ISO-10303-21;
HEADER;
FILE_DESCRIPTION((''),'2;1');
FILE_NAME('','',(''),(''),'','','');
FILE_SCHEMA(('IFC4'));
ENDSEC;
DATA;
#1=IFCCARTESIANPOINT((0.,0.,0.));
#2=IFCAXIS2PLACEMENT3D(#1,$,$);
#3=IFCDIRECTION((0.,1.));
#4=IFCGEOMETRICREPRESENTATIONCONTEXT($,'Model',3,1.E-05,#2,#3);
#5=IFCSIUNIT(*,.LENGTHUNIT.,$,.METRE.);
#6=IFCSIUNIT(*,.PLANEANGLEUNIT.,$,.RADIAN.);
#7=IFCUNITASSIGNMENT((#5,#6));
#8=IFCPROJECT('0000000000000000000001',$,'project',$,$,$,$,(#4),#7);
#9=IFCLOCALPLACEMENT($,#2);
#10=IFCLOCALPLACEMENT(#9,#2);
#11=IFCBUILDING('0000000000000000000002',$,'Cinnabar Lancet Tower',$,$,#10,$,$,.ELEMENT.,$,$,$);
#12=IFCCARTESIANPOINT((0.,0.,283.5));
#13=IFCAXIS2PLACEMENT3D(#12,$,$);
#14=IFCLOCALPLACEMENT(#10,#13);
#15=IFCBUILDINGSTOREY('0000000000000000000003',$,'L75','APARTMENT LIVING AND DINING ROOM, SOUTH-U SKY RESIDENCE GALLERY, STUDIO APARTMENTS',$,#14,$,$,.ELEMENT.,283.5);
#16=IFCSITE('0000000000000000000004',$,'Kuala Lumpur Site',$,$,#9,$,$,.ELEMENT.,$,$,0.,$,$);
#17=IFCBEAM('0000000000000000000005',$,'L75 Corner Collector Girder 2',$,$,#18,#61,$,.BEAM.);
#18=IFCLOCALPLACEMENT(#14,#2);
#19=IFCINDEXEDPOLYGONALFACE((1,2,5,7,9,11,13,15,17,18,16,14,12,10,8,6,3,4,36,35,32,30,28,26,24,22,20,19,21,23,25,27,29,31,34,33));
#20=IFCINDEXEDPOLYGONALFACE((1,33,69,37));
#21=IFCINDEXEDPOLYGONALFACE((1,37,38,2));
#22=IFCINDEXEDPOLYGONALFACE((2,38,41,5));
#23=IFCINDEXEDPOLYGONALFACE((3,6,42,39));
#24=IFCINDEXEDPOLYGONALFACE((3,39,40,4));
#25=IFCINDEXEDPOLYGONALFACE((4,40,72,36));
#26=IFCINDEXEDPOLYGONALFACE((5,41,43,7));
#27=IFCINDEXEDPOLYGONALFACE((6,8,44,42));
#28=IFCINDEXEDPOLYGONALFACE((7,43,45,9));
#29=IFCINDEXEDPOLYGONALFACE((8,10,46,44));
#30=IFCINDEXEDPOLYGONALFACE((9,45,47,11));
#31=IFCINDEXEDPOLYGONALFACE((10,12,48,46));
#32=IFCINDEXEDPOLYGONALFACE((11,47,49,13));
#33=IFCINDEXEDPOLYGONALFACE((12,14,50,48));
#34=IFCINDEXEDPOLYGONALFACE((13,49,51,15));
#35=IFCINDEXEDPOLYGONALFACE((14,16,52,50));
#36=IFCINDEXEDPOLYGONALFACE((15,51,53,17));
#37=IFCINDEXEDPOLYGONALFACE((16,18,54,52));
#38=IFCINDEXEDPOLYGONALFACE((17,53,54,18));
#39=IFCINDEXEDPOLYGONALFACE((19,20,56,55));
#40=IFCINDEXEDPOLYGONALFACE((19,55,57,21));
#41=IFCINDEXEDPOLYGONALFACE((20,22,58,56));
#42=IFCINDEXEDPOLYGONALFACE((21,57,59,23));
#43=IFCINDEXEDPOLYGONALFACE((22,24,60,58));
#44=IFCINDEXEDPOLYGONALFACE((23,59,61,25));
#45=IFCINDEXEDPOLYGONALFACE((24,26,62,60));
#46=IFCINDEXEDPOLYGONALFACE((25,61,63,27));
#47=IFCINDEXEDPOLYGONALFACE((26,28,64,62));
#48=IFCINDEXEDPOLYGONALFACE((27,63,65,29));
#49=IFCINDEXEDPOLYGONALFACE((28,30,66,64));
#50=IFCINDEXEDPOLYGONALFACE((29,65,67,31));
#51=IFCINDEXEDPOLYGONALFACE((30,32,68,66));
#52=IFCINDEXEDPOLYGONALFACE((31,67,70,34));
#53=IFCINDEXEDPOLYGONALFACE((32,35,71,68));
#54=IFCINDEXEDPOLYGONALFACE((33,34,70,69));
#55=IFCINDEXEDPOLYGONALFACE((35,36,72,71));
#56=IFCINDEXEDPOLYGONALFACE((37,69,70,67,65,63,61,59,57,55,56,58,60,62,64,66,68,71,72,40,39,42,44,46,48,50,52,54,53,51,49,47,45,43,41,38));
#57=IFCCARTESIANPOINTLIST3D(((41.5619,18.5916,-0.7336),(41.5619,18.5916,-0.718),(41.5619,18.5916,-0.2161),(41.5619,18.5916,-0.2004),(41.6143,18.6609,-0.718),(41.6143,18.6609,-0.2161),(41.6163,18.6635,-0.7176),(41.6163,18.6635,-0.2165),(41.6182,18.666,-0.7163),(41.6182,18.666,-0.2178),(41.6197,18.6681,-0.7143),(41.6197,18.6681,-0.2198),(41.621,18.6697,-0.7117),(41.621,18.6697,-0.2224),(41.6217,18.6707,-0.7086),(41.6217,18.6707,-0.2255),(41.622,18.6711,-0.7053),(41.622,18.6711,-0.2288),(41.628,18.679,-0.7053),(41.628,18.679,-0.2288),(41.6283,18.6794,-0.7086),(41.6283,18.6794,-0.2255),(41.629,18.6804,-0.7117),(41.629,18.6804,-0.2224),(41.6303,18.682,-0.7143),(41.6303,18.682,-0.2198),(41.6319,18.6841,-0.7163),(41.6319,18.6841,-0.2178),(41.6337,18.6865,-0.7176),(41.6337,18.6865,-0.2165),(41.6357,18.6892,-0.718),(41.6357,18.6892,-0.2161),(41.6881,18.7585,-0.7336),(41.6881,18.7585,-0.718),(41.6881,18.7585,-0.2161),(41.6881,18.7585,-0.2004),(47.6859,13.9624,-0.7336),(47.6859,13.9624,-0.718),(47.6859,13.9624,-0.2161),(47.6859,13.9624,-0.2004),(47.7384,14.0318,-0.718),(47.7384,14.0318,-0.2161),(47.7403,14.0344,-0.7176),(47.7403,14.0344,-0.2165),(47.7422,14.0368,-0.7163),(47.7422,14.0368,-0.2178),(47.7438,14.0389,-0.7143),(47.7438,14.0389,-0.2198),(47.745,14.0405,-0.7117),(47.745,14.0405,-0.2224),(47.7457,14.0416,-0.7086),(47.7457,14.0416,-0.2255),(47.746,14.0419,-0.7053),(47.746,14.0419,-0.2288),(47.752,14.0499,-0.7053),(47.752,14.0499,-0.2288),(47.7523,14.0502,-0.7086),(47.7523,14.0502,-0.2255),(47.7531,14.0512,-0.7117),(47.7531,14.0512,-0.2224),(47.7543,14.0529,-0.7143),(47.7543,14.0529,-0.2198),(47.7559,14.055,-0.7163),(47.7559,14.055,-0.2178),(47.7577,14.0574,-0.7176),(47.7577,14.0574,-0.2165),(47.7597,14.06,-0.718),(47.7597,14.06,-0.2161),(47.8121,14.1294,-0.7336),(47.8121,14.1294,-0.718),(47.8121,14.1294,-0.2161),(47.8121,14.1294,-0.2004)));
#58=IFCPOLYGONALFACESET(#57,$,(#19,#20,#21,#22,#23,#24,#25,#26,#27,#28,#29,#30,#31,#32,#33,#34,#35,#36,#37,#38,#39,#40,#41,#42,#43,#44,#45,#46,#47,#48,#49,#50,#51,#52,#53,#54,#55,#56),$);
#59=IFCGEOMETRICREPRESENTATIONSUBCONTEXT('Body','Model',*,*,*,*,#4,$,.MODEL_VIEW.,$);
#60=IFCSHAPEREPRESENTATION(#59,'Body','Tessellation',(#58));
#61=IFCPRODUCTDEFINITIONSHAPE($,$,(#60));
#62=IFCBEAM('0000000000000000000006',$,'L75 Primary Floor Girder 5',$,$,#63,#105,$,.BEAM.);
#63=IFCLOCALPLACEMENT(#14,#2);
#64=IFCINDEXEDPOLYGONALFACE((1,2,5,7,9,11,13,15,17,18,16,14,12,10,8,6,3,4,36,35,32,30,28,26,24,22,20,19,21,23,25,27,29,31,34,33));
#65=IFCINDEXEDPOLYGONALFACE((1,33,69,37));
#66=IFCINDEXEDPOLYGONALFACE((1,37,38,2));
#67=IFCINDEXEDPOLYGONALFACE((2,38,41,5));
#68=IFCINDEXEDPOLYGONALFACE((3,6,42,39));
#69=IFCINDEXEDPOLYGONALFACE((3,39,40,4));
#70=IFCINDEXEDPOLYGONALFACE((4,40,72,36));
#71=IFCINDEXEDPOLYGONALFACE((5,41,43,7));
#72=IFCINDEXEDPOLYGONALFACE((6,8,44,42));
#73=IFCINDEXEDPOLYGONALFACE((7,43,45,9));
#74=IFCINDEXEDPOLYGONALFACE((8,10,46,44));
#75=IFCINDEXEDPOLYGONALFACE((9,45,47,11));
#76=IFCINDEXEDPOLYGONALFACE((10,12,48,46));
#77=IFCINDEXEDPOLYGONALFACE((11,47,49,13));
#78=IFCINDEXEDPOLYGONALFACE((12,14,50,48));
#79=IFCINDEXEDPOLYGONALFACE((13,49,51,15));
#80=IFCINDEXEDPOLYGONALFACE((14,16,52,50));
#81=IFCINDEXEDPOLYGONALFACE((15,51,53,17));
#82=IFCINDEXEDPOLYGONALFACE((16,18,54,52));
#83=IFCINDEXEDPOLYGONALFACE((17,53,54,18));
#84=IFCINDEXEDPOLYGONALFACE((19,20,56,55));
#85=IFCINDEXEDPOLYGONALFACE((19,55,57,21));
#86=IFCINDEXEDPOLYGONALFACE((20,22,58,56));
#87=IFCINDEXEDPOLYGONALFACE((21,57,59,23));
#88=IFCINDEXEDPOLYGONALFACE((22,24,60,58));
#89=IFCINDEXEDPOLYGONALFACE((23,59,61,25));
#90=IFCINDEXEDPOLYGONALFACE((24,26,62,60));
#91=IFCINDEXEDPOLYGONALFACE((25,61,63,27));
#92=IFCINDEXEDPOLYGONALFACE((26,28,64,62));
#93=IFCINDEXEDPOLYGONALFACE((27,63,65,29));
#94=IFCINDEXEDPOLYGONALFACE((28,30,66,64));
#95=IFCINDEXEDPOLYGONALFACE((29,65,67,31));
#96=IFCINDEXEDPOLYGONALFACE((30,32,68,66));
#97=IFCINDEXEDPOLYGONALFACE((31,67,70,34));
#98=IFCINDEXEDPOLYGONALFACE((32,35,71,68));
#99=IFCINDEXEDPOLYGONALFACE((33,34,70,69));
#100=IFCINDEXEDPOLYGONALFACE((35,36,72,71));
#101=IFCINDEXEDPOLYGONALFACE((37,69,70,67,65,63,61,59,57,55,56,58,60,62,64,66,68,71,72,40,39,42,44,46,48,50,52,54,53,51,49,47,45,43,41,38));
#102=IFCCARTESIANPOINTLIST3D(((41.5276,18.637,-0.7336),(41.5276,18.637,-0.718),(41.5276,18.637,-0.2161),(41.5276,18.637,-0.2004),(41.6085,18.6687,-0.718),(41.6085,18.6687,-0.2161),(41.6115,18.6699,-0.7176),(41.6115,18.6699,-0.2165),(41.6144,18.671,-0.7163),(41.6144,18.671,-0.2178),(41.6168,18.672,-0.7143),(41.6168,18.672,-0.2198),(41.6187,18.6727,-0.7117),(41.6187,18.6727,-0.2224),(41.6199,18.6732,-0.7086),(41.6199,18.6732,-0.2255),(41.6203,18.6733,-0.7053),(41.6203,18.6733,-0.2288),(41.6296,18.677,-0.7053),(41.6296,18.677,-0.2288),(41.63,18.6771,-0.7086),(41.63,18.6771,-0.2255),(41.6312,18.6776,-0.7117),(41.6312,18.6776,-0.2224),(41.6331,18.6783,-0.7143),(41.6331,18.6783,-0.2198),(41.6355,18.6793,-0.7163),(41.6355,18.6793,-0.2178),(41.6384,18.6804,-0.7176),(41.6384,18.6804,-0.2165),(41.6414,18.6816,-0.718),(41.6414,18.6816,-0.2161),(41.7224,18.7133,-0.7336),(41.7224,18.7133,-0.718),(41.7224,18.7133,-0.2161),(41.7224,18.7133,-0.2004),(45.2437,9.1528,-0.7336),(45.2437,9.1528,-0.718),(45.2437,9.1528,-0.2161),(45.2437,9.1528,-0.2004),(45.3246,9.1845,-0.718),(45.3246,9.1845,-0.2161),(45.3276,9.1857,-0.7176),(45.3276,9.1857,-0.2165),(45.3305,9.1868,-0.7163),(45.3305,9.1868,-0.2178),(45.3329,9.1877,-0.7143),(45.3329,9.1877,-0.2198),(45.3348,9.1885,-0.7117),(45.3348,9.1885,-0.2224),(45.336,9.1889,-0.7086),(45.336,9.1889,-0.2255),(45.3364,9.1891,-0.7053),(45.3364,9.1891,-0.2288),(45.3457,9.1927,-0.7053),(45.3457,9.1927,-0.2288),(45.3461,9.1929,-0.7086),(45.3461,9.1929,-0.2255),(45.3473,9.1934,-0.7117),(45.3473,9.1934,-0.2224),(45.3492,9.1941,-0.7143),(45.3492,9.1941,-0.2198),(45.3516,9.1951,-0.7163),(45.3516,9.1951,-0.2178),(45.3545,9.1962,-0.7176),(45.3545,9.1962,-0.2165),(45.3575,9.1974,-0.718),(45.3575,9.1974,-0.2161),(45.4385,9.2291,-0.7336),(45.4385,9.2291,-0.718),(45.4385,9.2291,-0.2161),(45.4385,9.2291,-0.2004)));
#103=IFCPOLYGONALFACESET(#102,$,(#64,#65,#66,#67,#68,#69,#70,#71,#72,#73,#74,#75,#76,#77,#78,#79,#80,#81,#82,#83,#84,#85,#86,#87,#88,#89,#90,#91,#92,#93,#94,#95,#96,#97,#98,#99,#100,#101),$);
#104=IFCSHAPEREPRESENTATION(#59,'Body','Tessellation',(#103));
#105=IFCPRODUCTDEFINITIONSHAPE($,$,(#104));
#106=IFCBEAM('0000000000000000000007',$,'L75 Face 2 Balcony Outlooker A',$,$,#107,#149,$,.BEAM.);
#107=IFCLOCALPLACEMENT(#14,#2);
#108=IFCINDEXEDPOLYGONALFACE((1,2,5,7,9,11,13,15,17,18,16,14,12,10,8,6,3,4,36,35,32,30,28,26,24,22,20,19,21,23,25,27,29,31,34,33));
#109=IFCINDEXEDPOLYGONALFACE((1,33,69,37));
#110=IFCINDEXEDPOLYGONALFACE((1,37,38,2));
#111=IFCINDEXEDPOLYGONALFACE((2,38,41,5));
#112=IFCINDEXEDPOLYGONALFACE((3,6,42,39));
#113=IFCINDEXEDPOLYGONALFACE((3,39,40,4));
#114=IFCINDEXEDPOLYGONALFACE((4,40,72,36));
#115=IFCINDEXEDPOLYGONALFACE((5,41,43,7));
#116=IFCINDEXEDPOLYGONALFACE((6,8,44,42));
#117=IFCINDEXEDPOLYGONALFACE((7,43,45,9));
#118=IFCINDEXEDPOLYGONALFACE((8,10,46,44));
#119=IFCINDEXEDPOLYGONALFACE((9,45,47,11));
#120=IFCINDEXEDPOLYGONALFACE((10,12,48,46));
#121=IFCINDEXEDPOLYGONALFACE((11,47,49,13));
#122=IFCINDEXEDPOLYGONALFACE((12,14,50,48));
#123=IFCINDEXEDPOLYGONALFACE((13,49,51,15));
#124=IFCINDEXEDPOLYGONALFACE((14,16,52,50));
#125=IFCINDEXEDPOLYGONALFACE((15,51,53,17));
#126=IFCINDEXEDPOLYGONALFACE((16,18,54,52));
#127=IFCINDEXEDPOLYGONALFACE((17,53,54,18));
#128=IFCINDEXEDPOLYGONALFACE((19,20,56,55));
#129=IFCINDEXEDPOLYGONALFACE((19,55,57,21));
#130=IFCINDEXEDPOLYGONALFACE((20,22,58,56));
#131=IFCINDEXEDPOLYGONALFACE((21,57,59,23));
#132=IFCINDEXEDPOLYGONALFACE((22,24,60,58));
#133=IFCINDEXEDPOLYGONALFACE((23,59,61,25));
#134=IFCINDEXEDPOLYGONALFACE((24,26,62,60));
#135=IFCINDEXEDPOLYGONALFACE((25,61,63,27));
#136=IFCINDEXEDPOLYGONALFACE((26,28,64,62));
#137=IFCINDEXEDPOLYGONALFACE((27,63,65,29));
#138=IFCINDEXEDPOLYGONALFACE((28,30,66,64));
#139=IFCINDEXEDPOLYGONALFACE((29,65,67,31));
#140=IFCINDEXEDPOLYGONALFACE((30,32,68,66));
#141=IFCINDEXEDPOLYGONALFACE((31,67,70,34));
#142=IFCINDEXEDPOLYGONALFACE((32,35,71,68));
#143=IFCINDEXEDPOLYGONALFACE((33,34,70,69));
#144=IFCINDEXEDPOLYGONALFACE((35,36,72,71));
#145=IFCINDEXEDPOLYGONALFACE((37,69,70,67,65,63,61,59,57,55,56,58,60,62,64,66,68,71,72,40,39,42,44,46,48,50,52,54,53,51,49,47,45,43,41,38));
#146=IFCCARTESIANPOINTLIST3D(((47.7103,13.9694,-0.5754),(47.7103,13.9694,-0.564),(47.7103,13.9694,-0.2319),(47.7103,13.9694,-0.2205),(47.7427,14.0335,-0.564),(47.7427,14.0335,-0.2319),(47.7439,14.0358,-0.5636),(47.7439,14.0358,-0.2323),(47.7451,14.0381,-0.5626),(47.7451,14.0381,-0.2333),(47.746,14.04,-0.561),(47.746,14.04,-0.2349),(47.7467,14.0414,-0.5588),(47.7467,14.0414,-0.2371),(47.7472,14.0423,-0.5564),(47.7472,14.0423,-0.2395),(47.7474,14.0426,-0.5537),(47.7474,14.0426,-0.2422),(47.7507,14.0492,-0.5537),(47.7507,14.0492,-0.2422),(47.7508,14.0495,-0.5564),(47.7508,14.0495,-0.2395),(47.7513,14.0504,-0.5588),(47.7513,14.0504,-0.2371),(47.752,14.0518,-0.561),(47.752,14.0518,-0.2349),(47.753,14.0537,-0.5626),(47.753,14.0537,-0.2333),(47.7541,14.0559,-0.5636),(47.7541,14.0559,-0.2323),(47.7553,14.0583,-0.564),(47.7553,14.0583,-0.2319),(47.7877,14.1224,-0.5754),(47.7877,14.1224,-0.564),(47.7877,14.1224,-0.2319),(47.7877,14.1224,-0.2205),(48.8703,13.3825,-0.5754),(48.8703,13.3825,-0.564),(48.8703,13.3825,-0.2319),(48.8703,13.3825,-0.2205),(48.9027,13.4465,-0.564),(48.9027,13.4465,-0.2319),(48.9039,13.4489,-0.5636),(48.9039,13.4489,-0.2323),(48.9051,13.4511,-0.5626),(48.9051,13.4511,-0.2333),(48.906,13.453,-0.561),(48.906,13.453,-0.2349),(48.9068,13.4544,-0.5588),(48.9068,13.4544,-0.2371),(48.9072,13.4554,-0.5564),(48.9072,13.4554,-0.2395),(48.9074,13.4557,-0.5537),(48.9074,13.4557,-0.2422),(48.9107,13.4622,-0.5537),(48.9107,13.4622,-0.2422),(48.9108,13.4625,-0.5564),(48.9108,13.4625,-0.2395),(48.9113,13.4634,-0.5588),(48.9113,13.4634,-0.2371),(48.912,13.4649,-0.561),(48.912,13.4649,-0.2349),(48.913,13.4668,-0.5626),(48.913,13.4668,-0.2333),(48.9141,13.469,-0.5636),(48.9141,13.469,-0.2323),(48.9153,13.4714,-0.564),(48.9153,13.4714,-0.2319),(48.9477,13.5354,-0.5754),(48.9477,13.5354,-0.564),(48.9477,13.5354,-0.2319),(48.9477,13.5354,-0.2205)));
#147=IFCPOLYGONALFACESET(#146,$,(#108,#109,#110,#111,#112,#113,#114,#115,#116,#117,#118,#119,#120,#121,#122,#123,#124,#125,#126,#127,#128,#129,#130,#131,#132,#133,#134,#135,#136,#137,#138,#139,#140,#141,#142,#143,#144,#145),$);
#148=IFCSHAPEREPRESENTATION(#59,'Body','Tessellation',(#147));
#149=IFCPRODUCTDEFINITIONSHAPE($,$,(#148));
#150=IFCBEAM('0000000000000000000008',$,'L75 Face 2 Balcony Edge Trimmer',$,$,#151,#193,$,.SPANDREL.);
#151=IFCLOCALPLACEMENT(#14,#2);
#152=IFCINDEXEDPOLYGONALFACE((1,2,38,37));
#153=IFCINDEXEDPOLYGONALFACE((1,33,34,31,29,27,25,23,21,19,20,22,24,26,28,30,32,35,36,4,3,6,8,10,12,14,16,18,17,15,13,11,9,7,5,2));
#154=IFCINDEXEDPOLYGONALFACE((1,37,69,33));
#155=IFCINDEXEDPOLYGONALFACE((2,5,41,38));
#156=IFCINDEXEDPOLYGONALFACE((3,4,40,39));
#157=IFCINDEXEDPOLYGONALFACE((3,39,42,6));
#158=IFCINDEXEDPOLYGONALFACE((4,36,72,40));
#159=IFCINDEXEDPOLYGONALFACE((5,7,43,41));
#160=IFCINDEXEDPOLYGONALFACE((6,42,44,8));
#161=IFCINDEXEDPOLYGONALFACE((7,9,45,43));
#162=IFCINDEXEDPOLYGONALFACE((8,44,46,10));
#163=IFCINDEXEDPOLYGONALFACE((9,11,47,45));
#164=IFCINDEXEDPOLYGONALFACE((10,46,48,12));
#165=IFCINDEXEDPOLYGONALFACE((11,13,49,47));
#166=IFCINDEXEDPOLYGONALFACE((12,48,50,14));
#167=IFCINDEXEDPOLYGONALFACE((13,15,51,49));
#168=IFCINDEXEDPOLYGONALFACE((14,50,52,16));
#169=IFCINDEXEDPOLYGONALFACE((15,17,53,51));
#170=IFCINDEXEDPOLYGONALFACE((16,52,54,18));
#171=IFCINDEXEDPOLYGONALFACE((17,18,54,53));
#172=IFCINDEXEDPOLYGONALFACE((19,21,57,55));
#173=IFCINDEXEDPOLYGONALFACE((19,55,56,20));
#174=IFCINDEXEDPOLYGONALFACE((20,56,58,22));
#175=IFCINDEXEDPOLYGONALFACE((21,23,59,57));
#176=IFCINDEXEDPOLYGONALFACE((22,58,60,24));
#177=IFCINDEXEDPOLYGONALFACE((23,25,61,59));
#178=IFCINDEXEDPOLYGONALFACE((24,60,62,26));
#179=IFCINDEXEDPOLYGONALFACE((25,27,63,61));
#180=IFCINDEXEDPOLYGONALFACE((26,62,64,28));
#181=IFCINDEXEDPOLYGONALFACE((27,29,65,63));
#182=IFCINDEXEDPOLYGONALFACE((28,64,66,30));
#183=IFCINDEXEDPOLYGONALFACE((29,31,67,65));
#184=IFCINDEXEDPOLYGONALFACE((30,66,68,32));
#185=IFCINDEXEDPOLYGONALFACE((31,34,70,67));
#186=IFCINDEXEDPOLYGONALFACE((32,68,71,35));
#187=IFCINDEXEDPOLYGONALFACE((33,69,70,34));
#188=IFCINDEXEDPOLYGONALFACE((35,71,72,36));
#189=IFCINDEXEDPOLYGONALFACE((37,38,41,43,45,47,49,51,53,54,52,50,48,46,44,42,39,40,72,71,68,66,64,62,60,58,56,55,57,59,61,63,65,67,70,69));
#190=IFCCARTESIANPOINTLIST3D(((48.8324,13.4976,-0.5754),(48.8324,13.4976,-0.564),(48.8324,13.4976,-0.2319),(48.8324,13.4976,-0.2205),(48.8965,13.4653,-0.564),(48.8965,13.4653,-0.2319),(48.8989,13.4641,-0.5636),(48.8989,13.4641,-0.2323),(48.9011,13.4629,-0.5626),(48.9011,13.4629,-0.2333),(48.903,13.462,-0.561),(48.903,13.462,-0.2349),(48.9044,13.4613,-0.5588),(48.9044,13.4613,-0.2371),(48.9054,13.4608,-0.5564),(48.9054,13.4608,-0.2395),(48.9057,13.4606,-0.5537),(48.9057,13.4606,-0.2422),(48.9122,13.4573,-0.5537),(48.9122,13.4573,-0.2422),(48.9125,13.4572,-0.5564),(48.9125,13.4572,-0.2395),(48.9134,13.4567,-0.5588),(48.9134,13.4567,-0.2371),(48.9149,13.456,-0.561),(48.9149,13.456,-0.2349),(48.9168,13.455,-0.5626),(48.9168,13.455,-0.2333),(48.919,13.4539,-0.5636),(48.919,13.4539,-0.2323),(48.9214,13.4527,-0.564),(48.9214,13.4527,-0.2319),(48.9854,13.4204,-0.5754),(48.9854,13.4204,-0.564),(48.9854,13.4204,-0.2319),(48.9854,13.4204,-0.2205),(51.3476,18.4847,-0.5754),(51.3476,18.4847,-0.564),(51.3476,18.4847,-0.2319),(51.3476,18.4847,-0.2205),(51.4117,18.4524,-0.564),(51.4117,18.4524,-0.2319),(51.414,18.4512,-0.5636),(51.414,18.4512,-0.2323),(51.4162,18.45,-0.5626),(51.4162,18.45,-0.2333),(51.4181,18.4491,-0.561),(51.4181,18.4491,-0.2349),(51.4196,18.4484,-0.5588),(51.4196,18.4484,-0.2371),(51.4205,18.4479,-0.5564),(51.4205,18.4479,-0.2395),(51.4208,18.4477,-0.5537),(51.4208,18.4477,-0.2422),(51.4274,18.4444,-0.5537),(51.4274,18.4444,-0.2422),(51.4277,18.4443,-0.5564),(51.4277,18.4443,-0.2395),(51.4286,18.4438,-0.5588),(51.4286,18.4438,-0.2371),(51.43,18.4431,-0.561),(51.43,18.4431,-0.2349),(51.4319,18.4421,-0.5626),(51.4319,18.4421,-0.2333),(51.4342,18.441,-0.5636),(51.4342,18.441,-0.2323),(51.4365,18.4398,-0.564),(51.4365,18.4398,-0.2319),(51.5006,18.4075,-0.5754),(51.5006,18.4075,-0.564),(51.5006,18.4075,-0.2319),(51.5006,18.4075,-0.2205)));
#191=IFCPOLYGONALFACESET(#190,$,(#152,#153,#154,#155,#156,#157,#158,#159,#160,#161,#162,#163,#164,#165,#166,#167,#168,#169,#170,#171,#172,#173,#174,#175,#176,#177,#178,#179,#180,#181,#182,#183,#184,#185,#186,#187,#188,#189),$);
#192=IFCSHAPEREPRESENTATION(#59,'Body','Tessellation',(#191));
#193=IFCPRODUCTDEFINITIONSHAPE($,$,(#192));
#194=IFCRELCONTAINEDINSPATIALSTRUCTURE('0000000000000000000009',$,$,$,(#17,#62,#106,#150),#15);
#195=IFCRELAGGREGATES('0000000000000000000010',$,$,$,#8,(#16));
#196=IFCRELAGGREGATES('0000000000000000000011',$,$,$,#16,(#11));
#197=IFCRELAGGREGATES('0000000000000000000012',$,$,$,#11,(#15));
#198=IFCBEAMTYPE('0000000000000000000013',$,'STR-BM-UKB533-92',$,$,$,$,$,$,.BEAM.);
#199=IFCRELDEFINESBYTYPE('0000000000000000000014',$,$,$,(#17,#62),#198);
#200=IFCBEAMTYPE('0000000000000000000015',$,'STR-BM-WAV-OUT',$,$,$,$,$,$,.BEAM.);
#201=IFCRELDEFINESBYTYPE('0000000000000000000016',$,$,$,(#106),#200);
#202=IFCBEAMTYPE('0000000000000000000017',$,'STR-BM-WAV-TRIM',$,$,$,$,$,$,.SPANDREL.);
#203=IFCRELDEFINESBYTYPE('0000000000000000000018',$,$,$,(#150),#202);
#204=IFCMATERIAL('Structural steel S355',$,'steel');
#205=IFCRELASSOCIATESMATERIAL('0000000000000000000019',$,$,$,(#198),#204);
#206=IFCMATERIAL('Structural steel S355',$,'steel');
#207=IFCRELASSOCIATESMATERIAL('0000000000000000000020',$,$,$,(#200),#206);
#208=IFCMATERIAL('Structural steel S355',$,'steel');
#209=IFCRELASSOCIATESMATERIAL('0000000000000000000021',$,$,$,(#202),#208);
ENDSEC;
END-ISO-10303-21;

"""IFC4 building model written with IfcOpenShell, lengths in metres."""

from ifc_helpers import new_model, si_unit, direction, frame, origin, origin_2d, place, context, subcontext, project, spatial, i_section, extrude, material, material_profile, profile_set, type_object, element, save


model = new_model("IFC4")

# Units and contexts
model_context = context("Model", 3, precision=1e-05, world=origin(), true_north=direction((0.0, 1.0)))
body_context = subcontext(model_context, "Body", "Model", "MODEL_VIEW")
ifc_project = project(units=[si_unit("LENGTHUNIT", "METRE"), si_unit("PLANEANGLEUNIT", "RADIAN")], contexts=[model_context])

# Site, building, storey
site_placement = place(None, origin())
site = spatial("IfcSite", under=ifc_project, at=site_placement, Name="Kuala Lumpur Site", CompositionType="ELEMENT", RefElevation=0.0)
building_placement = place(site_placement, origin())
building = spatial("IfcBuilding", under=site, at=building_placement, Name="Cinnabar Lancet Tower", CompositionType="ELEMENT")
storey_placement = place(building_placement, frame((0.0, 0.0, 283.5)))
storey = spatial("IfcBuildingStorey", under=building, at=storey_placement, Name="L75", Description="APARTMENT LIVING AND DINING ROOM, SOUTH-U SKY RESIDENCE GALLERY, STUDIO APARTMENTS", CompositionType="ELEMENT", Elevation=283.5)

# Beams
ifc_material_1 = material(Name="Structural steel S355", Category="steel")
ifc_material_profile_1 = material_profile(ifc_material_1, i_section(OverallWidth=0.2092, OverallDepth=0.5332, WebThickness=0.01, FlangeThickness=0.0156, FilletRadius=0.0127, at=origin_2d()), Name="UKB 533x210x92")
ifc_profile_set_1 = profile_set([ifc_material_profile_1], Name="Structural steel S355")
beam_type_1 = type_object("IfcBeamType", Name="STR-BM-UKB533-92", PredefinedType="BEAM", material=ifc_profile_set_1)
beam_1_placement = place(storey_placement, frame((47.749, 14.0459, -0.467), z_axis=(-0.797735, 0.603008, 0.0), x_axis=(-0.603008, -0.797735, 0.0)))
element("IfcBeam", 1, at=beam_1_placement, inside=storey, type_object=beam_type_1, Name="L75 Corner Collector Girder 2", PredefinedType="BEAM", context=body_context, shape_type="SweptSolid", body=[
    extrude(i_section(OverallWidth=0.2092, OverallDepth=0.5332, WebThickness=0.01, FlangeThickness=0.0156, FilletRadius=0.0127, at=origin_2d()), origin(), (0.0, 0.0, 1.0), 7.6768),
])
beam_2_placement = place(storey_placement, frame((45.3411, 9.1909, -0.467), z_axis=(-0.364815, 0.93108, 0.0), x_axis=(-0.93108, -0.364815, 0.0)))
element("IfcBeam", 2, at=beam_2_placement, inside=storey, type_object=beam_type_1, Name="L75 Primary Floor Girder 5", PredefinedType="BEAM", context=body_context, shape_type="SweptSolid", body=[
    extrude(i_section(OverallWidth=0.2092, OverallDepth=0.5332, WebThickness=0.01, FlangeThickness=0.0156, FilletRadius=0.0127, at=origin_2d()), origin(), (0.0, 0.0, 1.0), 10.1863),
])
ifc_material_2 = material(Name="Structural steel S355", Category="steel")
ifc_material_profile_2 = material_profile(ifc_material_2, i_section(OverallWidth=0.1714, OverallDepth=0.355, WebThickness=0.0073, FlangeThickness=0.0115, FilletRadius=0.0103, at=origin_2d()), Name="UKB 356x171x51")
ifc_profile_set_2 = profile_set([ifc_material_profile_2], Name="Structural steel S355")
beam_type_2 = type_object("IfcBeamType", Name="STR-BM-WAV-OUT", PredefinedType="BEAM", material=ifc_profile_set_2)
beam_3_placement = place(storey_placement, frame((47.749, 14.0459, -0.3979), z_axis=(0.892276, -0.45149, 0.0), x_axis=(0.45149, 0.892276, 0.0)))
element("IfcBeam", 3, at=beam_3_placement, inside=storey, type_object=beam_type_2, Name="L75 Face 2 Balcony Outlooker A", PredefinedType="BEAM", context=body_context, shape_type="SweptSolid", body=[
    extrude(i_section(OverallWidth=0.1714, OverallDepth=0.355, WebThickness=0.0073, FlangeThickness=0.0115, FilletRadius=0.0103, at=origin_2d()), origin(), (0.0, 0.0, 1.0), 1.3),
])
ifc_material_3 = material(Name="Structural steel S355", Category="steel")
ifc_material_profile_3 = material_profile(ifc_material_3, i_section(OverallWidth=0.1714, OverallDepth=0.355, WebThickness=0.0073, FlangeThickness=0.0115, FilletRadius=0.0103, at=origin_2d()), Name="UKB 356x171x51")
ifc_profile_set_3 = profile_set([ifc_material_profile_3], Name="Structural steel S355")
beam_type_3 = type_object("IfcBeamType", Name="STR-BM-WAV-TRIM", PredefinedType="SPANDREL", material=ifc_profile_set_3)
beam_4_placement = place(storey_placement, frame((48.9089, 13.459, -0.3979), z_axis=(0.450306, 0.892874, 0.0), x_axis=(-0.892874, 0.450306, 0.0)))
element("IfcBeam", 4, at=beam_4_placement, inside=storey, type_object=beam_type_3, Name="L75 Face 2 Balcony Edge Trimmer", PredefinedType="SPANDREL", context=body_context, shape_type="SweptSolid", body=[
    extrude(i_section(OverallWidth=0.1714, OverallDepth=0.355, WebThickness=0.0073, FlangeThickness=0.0115, FilletRadius=0.0103, at=origin_2d()), origin(), (0.0, 0.0, 1.0), 5.5854),
])

save(model, "model.ifc")
